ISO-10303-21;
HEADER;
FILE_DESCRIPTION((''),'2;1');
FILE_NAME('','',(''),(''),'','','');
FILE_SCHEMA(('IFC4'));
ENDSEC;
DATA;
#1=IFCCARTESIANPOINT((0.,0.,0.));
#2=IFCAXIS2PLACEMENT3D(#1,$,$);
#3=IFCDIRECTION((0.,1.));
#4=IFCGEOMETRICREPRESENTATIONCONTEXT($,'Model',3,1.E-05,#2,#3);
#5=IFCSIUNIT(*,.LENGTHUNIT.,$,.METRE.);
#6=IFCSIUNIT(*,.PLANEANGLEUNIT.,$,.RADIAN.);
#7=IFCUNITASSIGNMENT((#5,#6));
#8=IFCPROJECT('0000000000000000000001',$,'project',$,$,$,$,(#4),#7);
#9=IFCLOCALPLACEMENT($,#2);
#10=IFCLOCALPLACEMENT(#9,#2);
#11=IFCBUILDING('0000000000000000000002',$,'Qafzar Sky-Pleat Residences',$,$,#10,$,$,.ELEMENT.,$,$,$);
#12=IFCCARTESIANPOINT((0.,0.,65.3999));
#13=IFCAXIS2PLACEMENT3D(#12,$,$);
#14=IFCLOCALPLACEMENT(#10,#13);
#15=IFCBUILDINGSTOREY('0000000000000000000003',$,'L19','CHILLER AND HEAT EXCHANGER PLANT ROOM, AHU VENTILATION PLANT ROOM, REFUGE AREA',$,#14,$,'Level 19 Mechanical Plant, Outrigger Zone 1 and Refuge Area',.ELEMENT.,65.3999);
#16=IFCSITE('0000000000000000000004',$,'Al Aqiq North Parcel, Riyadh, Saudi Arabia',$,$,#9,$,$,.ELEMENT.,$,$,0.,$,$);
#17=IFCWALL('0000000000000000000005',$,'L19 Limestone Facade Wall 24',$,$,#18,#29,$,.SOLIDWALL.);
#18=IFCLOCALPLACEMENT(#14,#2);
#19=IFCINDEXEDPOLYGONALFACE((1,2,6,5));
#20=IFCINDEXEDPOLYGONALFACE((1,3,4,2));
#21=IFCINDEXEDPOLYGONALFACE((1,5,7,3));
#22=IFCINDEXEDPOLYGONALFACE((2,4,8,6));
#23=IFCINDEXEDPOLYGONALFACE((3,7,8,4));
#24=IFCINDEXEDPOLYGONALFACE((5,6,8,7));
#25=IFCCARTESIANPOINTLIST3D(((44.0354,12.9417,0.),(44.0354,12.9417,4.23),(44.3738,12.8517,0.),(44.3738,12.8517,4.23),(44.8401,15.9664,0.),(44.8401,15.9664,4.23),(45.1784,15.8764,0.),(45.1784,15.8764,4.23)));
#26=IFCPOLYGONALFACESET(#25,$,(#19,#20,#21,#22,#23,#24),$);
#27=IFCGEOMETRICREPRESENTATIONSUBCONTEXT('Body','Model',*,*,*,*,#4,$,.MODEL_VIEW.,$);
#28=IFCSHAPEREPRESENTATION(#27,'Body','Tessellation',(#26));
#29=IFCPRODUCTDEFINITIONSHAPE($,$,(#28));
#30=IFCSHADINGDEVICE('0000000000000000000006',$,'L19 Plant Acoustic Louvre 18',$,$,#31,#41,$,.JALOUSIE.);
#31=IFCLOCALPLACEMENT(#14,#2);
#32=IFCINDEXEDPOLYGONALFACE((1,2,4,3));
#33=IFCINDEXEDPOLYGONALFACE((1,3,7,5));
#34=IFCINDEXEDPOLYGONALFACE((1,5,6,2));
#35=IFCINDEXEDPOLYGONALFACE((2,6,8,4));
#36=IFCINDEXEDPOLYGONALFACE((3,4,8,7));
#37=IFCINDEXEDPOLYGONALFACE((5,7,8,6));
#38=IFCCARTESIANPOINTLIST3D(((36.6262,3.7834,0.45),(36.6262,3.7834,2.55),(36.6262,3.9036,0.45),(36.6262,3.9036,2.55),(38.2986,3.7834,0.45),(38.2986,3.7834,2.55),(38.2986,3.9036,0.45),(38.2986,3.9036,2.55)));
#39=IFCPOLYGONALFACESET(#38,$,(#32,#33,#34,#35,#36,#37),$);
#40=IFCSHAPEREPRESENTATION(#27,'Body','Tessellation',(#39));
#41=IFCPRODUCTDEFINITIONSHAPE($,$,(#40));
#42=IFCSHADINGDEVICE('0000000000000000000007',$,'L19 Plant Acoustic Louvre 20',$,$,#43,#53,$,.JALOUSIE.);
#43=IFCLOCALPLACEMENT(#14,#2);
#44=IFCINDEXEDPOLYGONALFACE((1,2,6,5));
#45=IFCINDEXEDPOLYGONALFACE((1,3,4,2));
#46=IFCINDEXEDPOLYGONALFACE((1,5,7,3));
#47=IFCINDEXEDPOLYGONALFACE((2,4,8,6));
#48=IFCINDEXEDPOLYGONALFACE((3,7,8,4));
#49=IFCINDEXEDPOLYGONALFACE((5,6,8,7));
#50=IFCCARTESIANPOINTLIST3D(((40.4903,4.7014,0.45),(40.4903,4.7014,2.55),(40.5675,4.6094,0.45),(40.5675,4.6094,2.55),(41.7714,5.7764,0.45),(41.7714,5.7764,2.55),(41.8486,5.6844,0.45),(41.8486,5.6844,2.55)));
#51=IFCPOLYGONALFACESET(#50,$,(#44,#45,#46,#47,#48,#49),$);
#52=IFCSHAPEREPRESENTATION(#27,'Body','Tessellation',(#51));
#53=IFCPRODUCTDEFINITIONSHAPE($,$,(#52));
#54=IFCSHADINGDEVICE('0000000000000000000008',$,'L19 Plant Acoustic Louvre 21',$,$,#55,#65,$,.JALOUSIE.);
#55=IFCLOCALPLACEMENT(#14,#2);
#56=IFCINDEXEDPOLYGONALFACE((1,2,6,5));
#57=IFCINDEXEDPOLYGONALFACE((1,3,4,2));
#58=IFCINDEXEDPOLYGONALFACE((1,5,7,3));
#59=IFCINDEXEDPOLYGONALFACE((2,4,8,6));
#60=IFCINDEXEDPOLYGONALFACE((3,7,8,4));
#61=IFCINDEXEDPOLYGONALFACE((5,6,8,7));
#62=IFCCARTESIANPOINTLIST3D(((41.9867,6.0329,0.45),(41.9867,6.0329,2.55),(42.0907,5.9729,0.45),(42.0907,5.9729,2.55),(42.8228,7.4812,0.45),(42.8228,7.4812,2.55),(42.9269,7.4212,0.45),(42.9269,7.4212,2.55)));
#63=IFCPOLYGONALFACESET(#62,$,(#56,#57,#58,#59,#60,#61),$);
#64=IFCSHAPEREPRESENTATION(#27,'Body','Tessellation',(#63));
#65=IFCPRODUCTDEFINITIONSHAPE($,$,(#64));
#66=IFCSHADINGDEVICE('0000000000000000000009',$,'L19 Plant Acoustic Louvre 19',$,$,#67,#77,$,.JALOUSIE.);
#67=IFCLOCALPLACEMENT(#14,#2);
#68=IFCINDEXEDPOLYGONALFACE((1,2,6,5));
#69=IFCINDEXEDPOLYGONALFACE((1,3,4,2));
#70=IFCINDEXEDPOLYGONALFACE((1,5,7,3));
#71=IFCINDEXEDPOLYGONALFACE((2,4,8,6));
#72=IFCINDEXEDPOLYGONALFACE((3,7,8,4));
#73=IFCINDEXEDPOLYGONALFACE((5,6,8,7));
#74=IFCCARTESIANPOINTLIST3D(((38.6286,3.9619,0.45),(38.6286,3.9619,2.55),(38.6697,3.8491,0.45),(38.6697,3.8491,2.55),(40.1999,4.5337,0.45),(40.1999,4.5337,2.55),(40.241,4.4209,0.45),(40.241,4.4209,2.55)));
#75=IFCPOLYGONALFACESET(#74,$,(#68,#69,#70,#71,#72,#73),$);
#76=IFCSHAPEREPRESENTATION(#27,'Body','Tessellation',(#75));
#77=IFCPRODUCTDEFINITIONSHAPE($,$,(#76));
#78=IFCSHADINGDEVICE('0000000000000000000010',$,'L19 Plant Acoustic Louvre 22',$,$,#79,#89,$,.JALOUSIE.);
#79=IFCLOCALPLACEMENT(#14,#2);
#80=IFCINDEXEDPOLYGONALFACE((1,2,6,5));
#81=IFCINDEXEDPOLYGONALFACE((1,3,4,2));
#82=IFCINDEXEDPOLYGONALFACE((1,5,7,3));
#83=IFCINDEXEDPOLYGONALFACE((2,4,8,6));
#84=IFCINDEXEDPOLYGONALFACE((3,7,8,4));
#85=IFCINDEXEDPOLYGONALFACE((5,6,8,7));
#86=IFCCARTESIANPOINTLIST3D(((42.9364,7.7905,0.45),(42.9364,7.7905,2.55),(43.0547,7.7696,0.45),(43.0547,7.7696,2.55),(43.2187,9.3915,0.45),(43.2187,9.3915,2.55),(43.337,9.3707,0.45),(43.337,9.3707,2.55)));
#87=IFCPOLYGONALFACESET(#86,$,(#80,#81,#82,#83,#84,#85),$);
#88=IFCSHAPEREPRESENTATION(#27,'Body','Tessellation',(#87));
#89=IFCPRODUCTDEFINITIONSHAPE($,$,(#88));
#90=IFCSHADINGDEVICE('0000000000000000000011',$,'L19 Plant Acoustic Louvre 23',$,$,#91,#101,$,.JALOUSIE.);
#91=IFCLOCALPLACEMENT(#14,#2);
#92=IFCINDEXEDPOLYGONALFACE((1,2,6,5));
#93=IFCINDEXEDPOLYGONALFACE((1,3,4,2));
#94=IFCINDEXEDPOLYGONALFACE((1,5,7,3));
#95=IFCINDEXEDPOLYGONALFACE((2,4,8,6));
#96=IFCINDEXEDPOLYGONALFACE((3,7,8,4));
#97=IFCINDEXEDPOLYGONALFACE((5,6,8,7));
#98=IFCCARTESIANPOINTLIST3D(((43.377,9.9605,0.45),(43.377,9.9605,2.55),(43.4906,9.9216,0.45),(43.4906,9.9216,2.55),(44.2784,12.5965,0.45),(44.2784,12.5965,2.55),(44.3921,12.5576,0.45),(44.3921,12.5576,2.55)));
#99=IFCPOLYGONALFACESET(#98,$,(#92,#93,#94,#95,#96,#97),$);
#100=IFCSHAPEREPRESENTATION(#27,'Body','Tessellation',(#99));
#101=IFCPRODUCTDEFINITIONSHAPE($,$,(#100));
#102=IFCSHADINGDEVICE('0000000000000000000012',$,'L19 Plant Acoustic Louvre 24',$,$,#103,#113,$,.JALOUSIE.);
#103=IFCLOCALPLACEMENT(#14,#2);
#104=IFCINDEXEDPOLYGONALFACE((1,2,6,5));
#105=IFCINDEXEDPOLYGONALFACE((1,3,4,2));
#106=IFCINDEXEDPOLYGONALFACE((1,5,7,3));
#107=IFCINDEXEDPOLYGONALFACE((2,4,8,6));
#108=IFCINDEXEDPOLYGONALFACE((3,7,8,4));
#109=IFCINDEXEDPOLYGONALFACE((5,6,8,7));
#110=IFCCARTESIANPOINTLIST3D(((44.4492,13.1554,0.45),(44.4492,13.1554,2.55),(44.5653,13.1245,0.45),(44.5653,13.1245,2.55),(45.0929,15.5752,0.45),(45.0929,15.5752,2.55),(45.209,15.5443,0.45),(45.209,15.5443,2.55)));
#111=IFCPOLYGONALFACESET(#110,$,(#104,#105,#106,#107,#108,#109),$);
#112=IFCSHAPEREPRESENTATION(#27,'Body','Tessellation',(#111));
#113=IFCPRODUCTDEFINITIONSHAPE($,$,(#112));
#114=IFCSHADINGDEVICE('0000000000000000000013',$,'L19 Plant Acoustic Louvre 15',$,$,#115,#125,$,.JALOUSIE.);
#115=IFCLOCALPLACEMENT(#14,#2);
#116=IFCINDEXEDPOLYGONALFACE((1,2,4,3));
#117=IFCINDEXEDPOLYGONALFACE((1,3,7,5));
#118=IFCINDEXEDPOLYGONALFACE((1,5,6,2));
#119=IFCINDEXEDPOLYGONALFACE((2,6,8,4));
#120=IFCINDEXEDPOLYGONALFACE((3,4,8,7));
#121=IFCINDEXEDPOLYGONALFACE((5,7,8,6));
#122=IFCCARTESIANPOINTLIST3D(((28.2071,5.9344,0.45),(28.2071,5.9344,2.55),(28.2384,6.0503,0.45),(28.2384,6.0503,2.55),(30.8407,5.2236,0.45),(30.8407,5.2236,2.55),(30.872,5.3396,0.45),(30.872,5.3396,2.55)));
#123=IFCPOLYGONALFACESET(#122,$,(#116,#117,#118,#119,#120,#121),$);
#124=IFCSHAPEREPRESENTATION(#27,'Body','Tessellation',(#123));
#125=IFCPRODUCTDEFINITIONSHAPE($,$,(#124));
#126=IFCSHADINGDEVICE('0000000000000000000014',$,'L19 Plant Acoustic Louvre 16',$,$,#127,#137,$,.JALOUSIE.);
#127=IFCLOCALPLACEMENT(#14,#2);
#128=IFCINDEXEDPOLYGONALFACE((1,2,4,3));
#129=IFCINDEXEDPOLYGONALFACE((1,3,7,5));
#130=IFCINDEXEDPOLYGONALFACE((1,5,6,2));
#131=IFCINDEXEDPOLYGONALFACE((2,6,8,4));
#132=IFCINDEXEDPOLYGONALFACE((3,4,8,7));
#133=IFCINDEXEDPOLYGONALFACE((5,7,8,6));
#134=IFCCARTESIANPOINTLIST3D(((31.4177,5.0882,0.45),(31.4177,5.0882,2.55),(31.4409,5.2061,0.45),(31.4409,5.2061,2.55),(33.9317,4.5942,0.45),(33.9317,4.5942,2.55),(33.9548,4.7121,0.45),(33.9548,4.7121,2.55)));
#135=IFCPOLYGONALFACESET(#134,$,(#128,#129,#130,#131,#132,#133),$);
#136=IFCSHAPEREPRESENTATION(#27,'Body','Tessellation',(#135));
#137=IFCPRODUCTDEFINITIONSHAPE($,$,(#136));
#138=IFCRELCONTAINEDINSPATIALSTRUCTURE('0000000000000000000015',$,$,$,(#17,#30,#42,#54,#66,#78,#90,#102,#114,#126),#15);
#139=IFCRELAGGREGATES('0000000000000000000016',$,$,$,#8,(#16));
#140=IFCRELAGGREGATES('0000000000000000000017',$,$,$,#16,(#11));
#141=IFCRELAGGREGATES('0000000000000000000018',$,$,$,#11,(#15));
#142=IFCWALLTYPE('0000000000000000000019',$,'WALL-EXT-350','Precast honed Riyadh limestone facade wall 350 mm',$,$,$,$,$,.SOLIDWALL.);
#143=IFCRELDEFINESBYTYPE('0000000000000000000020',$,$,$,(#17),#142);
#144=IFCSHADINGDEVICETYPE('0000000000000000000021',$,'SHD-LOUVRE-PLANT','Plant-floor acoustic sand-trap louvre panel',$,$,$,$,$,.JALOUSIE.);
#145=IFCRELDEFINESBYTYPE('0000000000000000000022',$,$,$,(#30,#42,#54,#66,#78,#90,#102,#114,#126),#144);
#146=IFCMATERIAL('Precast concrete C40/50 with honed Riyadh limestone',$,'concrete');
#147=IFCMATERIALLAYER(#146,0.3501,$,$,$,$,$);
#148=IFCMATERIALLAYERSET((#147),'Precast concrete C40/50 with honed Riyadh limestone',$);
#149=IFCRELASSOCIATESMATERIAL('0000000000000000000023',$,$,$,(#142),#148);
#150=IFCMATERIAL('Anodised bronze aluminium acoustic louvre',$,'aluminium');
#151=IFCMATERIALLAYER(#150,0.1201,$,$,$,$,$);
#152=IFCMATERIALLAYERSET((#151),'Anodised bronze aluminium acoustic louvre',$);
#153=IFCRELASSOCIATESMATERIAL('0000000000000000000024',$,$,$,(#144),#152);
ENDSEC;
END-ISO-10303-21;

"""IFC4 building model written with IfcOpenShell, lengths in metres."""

from ifc_helpers import new_model, si_unit, direction, frame, frame_2d, origin, origin_2d, place, context, subcontext, project, spatial, rectangle, extrude, source, transform, mapped, material, layer, layer_set, type_object, element, save


model = new_model("IFC4")

# Units and contexts
model_context = context("Model", 3, precision=1e-05, world=origin(), true_north=direction((0.0, 1.0)))
body_context = subcontext(model_context, "Body", "Model", "MODEL_VIEW")
ifc_project = project(units=[si_unit("LENGTHUNIT", "METRE"), si_unit("PLANEANGLEUNIT", "RADIAN")], contexts=[model_context])

# Site, building, storey
site_placement = place(None, origin())
site = spatial("IfcSite", under=ifc_project, at=site_placement, Name="Al Aqiq North Parcel, Riyadh, Saudi Arabia", CompositionType="ELEMENT", RefElevation=0.0)
building_placement = place(site_placement, origin())
building = spatial("IfcBuilding", under=site, at=building_placement, Name="Qafzar Sky-Pleat Residences", CompositionType="ELEMENT")
storey_placement = place(building_placement, frame((0.0, 0.0, 65.3999)))
storey = spatial("IfcBuildingStorey", under=building, at=storey_placement, Name="L19", Description="CHILLER AND HEAT EXCHANGER PLANT ROOM, AHU VENTILATION PLANT ROOM, REFUGE AREA", LongName="Level 19 Mechanical Plant, Outrigger Zone 1 and Refuge Area", CompositionType="ELEMENT", Elevation=65.3999)

# Wall
ifc_material_1 = material(Name="Precast concrete C40/50 with honed Riyadh limestone", Category="concrete")
ifc_layer_1 = layer(ifc_material_1, 0.3501)
ifc_layer_set_1 = layer_set([ifc_layer_1], Name="Precast concrete C40/50 with honed Riyadh limestone")
wall_type_1 = type_object("IfcWallType", Name="WALL-EXT-350", Description="Precast honed Riyadh limestone facade wall 350 mm", PredefinedType="SOLIDWALL", material=ifc_layer_set_1)
wall_1_placement = place(storey_placement, frame((44.2046, 12.8967, 0.0), z_axis=(0.0, 0.0, 1.0), x_axis=(0.257099, 0.966385, 0.0)))
element("IfcWall", 1, at=wall_1_placement, inside=storey, type_object=wall_type_1, Name="L19 Limestone Facade Wall 24", PredefinedType="SOLIDWALL", context=body_context, shape_type="SweptSolid", body=[
    extrude(rectangle(XDim=3.1299, YDim=0.3501, at=frame_2d((1.5649, 0.0))), origin(), (0.0, 0.0, 1.0), 4.23),
])

# Shading devices
ifc_material_2 = material(Name="Anodised bronze aluminium acoustic louvre", Category="aluminium")
ifc_layer_2 = layer(ifc_material_2, 0.1201)
ifc_layer_set_2 = layer_set([ifc_layer_2], Name="Anodised bronze aluminium acoustic louvre")
shading_device_type = type_object("IfcShadingDeviceType", Name="SHD-LOUVRE-PLANT", Description="Plant-floor acoustic sand-trap louvre panel", PredefinedType="JALOUSIE", material=ifc_layer_set_2)
shared_shape_1 = source(origin(), body_context, "Body", "SweptSolid", [
    extrude(rectangle(XDim=1.6724, YDim=0.1201, at=origin_2d()), origin(), (0.0, 0.0, 1.0), 2.1001),
])
for number, where, z_axis, x_axis, name in (
    (2, (37.4624, 3.8435, 0.45), (0.0, 0.0, 1.0), (1.0, 0.0, 0.0), "L19 Plant Acoustic Louvre 18"),
    (3, (41.1694, 5.1929, 0.45), (0.0, 0.0, 1.0), (0.766033, 0.642802, 0.0), "L19 Plant Acoustic Louvre 20"),
    (4, (42.4568, 6.7271, 0.45), (0.0, 0.0, 1.0), (0.499972, 0.866041, 0.0), "L19 Plant Acoustic Louvre 21"),
):
    element("IfcShadingDevice", number, at=place(storey_placement, frame(where, z_axis=z_axis, x_axis=x_axis)), inside=storey, type_object=shading_device_type, Name=name, PredefinedType="JALOUSIE", context=body_context, shape_type="MappedRepresentation", body=[
        mapped(shared_shape_1, transform((0.0, 0.0, 0.0), x_axis=(1.0, 0.0, 0.0), y_axis=(0.0, 1.0, 0.0), z_axis=(0.0, 0.0, 1.0), scale=1.0)),
    ])
shared_shape_2 = source(origin(), body_context, "Body", "SweptSolid", [
    extrude(rectangle(XDim=1.6721, YDim=0.1201, at=origin_2d()), origin(), (0.0, 0.0, 1.0), 2.1001),
])
shading_device_1_placement = place(storey_placement, frame((39.4348, 4.1914, 0.45), z_axis=(0.0, 0.0, 1.0), x_axis=(0.939715, 0.341958, 0.0)))
element("IfcShadingDevice", 5, at=shading_device_1_placement, inside=storey, type_object=shading_device_type, Name="L19 Plant Acoustic Louvre 19", PredefinedType="JALOUSIE", context=body_context, shape_type="MappedRepresentation", body=[
    mapped(shared_shape_2, transform((0.0, 0.0, 0.0), x_axis=(1.0, 0.0, 0.0), y_axis=(0.0, 1.0, 0.0), z_axis=(0.0, 0.0, 1.0), scale=1.0)),
])
shared_shape_3 = source(origin(), body_context, "Body", "SweptSolid", [
    extrude(rectangle(XDim=1.6257, YDim=0.1201, at=origin_2d()), origin(), (0.0, 0.0, 1.0), 2.1001),
])
shading_device_2_placement = place(storey_placement, frame((43.1367, 8.5806, 0.45), z_axis=(0.0, 0.0, 1.0), x_axis=(0.173648, 0.984808, 0.0)))
element("IfcShadingDevice", 6, at=shading_device_2_placement, inside=storey, type_object=shading_device_type, Name="L19 Plant Acoustic Louvre 22", PredefinedType="JALOUSIE", context=body_context, shape_type="MappedRepresentation", body=[
    mapped(shared_shape_3, transform((0.0, 0.0, 0.0), x_axis=(1.0, 0.0, 0.0), y_axis=(0.0, 1.0, 0.0), z_axis=(0.0, 0.0, 1.0), scale=1.0)),
])
shared_shape_4 = source(origin(), body_context, "Body", "SweptSolid", [
    extrude(rectangle(XDim=2.7859, YDim=0.1201, at=origin_2d()), origin(), (0.0, 0.0, 1.0), 2.1001),
])
shading_device_3_placement = place(storey_placement, frame((43.8845, 11.259, 0.45), z_axis=(0.0, 0.0, 1.0), x_axis=(0.323584, 0.946199, 0.0)))
element("IfcShadingDevice", 7, at=shading_device_3_placement, inside=storey, type_object=shading_device_type, Name="L19 Plant Acoustic Louvre 23", PredefinedType="JALOUSIE", context=body_context, shape_type="MappedRepresentation", body=[
    mapped(shared_shape_4, transform((0.0, 0.0, 0.0), x_axis=(1.0, 0.0, 0.0), y_axis=(0.0, 1.0, 0.0), z_axis=(0.0, 0.0, 1.0), scale=1.0)),
])
shared_shape_5 = source(origin(), body_context, "Body", "SweptSolid", [
    extrude(rectangle(XDim=2.5039, YDim=0.1201, at=origin_2d()), origin(), (0.0, 0.0, 1.0), 2.1001),
])
shading_device_4_placement = place(storey_placement, frame((44.8291, 14.3499, 0.45), z_axis=(0.0, 0.0, 1.0), x_axis=(0.2571, 0.966385, 0.0)))
element("IfcShadingDevice", 8, at=shading_device_4_placement, inside=storey, type_object=shading_device_type, Name="L19 Plant Acoustic Louvre 24", PredefinedType="JALOUSIE", context=body_context, shape_type="MappedRepresentation", body=[
    mapped(shared_shape_5, transform((0.0, 0.0, 0.0), x_axis=(1.0, 0.0, 0.0), y_axis=(0.0, 1.0, 0.0), z_axis=(0.0, 0.0, 1.0), scale=1.0)),
])
shared_shape_6 = source(origin(), body_context, "Body", "SweptSolid", [
    extrude(rectangle(XDim=2.7278, YDim=0.1201, at=origin_2d()), origin(), (0.0, 0.0, 1.0), 2.1001),
])
shading_device_5_placement = place(storey_placement, frame((29.5396, 5.637, 0.45), z_axis=(0.0, 0.0, 1.0), x_axis=(0.965456, -0.260566, 0.0)))
element("IfcShadingDevice", 9, at=shading_device_5_placement, inside=storey, type_object=shading_device_type, Name="L19 Plant Acoustic Louvre 15", PredefinedType="JALOUSIE", context=body_context, shape_type="MappedRepresentation", body=[
    mapped(shared_shape_6, transform((0.0, 0.0, 0.0), x_axis=(1.0, 0.0, 0.0), y_axis=(0.0, 1.0, 0.0), z_axis=(0.0, 0.0, 1.0), scale=1.0)),
])
shared_shape_7 = source(origin(), body_context, "Body", "SweptSolid", [
    extrude(rectangle(XDim=2.562, YDim=0.1201, at=origin_2d()), origin(), (0.0, 0.0, 1.0), 2.1001),
])
shading_device_6_placement = place(storey_placement, frame((32.6863, 4.9001, 0.45), z_axis=(0.0, 0.0, 1.0), x_axis=(0.981232, -0.19283, 0.0)))
element("IfcShadingDevice", 10, at=shading_device_6_placement, inside=storey, type_object=shading_device_type, Name="L19 Plant Acoustic Louvre 16", PredefinedType="JALOUSIE", context=body_context, shape_type="MappedRepresentation", body=[
    mapped(shared_shape_7, transform((0.0, 0.0, 0.0), x_axis=(1.0, 0.0, 0.0), y_axis=(0.0, 1.0, 0.0), z_axis=(0.0, 0.0, 1.0), scale=1.0)),
])

save(model, "model.ifc")
